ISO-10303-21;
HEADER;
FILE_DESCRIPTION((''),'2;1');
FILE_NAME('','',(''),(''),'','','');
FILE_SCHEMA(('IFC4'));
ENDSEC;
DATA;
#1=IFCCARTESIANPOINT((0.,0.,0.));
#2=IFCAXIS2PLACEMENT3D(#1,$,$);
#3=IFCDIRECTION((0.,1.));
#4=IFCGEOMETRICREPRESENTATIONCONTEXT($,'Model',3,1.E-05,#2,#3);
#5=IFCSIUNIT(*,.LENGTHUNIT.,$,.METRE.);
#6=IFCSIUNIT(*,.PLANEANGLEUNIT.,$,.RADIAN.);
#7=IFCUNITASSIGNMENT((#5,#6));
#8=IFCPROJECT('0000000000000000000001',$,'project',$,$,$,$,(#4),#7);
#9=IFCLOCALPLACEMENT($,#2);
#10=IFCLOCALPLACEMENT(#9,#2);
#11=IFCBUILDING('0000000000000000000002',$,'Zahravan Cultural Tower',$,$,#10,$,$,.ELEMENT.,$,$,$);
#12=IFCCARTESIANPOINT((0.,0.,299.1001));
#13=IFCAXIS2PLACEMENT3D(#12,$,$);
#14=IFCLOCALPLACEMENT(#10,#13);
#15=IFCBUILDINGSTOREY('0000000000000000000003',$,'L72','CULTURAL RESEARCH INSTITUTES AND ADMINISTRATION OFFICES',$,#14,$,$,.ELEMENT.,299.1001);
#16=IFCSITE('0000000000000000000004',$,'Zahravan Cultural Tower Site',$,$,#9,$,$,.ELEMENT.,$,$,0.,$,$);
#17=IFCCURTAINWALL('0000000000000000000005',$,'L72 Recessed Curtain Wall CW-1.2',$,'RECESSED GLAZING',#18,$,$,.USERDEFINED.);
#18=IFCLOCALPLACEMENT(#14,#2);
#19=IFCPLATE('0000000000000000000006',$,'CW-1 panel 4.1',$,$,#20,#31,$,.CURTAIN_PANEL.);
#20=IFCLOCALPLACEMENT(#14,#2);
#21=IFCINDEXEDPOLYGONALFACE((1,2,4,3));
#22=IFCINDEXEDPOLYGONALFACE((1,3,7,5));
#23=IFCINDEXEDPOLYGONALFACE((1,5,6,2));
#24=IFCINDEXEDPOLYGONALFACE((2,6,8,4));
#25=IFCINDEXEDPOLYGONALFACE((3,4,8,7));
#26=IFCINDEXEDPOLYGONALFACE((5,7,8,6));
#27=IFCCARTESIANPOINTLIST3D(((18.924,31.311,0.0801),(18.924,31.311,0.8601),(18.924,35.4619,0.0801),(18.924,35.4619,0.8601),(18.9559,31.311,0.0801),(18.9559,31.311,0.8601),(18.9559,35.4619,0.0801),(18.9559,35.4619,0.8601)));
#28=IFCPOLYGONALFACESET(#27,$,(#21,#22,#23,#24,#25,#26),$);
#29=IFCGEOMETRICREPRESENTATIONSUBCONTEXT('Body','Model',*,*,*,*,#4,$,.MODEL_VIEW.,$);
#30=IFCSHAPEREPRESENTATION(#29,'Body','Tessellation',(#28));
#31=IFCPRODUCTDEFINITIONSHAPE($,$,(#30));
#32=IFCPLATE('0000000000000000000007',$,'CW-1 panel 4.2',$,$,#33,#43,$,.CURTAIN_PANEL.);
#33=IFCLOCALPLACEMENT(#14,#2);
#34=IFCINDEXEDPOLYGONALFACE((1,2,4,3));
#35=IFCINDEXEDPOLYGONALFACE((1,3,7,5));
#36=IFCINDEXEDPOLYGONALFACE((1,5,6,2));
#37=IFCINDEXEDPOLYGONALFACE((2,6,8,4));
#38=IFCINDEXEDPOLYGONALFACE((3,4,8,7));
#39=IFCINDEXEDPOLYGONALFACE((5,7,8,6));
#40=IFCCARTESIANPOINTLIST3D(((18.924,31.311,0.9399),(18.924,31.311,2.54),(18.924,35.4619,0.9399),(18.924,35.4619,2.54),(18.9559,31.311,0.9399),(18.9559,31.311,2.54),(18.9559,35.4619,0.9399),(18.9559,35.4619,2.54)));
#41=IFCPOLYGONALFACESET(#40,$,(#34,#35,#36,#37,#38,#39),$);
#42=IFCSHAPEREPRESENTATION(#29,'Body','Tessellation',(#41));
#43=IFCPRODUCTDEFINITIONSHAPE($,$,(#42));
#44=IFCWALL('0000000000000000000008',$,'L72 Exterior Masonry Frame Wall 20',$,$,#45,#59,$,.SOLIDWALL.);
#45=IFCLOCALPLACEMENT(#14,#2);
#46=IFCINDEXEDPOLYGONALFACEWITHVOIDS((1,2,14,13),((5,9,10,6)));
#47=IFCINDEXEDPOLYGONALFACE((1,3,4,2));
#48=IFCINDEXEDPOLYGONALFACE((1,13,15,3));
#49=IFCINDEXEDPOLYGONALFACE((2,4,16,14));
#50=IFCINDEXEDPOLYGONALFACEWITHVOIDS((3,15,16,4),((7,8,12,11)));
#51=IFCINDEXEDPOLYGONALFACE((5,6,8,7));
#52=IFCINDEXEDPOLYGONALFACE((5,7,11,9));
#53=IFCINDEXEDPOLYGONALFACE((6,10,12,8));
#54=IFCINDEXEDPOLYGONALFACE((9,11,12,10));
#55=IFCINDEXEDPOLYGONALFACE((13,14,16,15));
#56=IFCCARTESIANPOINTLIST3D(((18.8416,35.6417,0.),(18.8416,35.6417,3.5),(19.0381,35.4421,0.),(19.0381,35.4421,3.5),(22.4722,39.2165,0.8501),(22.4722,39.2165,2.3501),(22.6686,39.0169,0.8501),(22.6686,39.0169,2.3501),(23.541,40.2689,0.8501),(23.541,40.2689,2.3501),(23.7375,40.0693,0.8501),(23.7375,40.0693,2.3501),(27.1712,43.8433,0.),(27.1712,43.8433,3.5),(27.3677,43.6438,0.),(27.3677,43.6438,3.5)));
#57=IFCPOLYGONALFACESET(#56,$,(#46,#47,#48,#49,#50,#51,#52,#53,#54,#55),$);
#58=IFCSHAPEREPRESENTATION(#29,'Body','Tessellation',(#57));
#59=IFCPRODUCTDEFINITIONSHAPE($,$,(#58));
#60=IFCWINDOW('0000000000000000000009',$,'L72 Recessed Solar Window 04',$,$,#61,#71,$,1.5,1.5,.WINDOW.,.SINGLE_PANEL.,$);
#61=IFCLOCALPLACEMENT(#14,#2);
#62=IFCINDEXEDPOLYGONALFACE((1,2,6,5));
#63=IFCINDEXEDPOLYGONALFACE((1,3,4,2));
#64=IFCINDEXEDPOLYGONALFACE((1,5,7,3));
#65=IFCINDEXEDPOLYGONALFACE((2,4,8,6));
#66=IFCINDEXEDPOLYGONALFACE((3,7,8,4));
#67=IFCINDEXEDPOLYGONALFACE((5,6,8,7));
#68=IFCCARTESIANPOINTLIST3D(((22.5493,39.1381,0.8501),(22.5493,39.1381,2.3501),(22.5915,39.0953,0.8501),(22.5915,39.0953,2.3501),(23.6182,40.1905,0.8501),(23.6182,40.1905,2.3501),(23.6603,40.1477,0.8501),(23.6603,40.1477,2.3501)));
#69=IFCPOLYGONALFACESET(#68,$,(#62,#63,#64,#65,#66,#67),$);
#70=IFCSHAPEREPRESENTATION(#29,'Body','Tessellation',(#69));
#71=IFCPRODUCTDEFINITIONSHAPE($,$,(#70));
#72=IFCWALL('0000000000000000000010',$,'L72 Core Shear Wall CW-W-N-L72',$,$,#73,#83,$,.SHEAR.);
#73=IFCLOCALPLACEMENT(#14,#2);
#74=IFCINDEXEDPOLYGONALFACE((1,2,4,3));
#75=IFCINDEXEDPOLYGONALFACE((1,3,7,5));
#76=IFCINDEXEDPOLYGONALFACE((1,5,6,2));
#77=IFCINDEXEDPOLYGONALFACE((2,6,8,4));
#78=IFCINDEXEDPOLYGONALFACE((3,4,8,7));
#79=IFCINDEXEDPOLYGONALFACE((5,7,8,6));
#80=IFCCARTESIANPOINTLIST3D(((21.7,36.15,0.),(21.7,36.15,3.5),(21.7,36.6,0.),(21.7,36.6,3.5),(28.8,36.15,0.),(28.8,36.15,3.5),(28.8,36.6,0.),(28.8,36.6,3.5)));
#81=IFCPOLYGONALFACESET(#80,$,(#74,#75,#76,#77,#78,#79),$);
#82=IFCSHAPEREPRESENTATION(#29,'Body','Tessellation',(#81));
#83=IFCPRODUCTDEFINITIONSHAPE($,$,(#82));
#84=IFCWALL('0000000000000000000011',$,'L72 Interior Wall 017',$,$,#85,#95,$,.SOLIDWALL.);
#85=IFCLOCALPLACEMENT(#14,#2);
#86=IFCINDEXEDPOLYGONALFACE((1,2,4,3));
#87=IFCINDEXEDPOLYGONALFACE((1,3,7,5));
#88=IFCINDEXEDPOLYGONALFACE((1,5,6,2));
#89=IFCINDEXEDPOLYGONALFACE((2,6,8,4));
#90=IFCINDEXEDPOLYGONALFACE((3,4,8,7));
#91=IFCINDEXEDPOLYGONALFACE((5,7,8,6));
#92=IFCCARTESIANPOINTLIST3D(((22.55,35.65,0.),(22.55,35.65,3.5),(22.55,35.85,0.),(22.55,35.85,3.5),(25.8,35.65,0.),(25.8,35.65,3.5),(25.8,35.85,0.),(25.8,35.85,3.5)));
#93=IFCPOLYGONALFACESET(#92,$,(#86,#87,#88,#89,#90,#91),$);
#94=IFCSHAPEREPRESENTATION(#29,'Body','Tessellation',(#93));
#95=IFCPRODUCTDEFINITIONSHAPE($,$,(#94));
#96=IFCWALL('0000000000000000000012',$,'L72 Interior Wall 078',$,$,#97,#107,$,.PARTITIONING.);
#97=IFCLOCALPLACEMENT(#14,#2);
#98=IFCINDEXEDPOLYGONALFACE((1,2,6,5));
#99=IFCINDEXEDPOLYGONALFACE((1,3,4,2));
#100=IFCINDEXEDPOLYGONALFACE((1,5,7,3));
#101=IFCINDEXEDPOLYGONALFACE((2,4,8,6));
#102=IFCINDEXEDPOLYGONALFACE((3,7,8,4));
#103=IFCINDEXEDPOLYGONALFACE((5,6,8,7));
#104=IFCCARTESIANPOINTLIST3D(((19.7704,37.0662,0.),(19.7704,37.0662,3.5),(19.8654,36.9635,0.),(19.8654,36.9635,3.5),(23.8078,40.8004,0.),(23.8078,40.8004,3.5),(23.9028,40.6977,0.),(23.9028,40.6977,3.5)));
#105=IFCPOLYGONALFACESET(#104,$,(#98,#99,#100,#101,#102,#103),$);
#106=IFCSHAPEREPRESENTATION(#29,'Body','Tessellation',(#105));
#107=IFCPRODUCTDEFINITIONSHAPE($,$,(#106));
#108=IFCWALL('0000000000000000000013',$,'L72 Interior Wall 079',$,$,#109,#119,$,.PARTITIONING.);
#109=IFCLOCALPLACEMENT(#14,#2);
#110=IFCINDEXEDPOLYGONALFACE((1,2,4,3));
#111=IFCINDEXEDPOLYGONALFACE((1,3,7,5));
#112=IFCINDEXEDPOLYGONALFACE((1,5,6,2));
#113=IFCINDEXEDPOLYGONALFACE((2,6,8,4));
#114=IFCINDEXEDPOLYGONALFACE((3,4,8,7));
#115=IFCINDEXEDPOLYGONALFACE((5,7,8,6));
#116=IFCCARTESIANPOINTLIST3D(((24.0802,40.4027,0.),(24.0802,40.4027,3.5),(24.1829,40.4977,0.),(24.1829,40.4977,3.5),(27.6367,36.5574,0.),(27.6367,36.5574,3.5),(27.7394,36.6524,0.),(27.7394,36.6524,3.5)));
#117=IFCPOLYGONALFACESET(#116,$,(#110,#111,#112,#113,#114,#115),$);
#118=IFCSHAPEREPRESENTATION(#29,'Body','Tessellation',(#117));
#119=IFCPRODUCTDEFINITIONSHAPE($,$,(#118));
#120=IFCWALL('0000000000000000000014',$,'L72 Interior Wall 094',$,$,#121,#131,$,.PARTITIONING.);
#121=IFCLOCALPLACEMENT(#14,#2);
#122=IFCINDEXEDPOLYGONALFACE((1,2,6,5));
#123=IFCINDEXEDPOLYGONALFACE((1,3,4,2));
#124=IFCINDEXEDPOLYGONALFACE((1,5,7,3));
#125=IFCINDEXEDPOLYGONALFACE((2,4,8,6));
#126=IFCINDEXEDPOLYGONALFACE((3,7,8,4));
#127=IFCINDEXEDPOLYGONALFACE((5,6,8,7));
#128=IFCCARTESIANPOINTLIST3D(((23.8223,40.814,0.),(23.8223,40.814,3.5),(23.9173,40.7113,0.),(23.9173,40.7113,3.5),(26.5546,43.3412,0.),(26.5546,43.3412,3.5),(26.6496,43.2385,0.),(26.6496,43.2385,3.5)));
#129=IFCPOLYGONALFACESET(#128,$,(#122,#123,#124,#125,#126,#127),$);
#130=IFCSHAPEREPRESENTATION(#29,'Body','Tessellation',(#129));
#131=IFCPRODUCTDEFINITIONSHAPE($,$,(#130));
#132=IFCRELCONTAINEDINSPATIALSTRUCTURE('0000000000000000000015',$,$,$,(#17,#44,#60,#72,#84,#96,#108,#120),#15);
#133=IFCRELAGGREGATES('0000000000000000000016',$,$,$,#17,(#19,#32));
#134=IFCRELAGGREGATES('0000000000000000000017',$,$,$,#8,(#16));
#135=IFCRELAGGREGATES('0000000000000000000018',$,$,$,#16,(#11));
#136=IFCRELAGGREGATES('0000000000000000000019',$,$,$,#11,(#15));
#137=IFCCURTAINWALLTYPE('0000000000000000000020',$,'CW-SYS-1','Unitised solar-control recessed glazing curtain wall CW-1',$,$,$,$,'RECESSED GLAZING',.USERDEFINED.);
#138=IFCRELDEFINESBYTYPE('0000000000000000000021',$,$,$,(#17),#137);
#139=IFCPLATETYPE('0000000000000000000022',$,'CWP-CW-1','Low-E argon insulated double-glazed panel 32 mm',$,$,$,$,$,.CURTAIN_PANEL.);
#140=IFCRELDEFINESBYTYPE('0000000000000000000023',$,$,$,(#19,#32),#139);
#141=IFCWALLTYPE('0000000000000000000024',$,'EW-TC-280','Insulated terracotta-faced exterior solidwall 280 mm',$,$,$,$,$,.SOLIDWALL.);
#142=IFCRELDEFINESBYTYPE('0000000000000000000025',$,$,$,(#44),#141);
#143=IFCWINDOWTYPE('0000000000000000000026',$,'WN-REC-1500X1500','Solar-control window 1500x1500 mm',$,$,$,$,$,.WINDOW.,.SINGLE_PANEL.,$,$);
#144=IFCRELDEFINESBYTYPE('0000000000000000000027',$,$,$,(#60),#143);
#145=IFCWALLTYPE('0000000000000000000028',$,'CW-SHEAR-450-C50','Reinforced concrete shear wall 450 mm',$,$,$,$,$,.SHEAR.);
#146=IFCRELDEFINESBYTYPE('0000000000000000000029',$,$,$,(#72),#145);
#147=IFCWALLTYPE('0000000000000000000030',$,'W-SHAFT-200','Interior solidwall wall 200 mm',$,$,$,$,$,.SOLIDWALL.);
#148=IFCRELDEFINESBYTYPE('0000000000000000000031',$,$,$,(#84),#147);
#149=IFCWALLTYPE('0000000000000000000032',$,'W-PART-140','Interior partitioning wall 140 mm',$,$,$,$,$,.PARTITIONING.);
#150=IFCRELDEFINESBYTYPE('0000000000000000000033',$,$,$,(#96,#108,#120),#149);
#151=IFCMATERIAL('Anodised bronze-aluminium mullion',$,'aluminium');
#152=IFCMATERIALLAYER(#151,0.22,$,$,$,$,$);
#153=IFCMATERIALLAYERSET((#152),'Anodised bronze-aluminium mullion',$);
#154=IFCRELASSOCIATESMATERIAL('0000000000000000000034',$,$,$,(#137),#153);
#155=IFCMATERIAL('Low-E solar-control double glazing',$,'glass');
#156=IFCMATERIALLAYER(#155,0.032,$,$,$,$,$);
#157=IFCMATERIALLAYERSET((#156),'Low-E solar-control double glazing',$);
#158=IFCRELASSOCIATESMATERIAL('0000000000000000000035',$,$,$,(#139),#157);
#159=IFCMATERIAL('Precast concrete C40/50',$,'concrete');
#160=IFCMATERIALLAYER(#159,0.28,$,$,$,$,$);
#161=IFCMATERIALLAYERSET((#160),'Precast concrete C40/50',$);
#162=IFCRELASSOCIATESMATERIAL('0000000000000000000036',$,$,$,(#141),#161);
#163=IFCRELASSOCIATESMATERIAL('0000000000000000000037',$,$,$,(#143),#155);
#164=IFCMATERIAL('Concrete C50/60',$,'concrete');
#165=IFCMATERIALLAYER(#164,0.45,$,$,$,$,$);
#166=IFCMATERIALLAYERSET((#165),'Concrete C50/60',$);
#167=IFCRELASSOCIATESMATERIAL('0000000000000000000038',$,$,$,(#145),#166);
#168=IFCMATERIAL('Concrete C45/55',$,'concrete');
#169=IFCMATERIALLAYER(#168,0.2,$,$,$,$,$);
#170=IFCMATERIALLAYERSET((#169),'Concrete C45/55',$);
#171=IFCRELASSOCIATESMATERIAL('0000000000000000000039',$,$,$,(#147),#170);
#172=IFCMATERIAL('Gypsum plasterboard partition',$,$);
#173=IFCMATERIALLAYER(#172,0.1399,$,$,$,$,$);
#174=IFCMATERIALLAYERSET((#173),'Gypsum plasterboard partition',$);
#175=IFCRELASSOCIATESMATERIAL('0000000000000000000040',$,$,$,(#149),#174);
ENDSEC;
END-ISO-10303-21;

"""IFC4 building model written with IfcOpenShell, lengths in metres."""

from ifc_helpers import new_model, si_unit, direction, frame, frame_2d, origin, origin_2d, place, context, subcontext, project, spatial, rectangle, extrude, source, transform, mapped, material, layer, layer_set, type_object, element, fill, aggregate, save


model = new_model("IFC4")

# Units and contexts
model_context = context("Model", 3, precision=1e-05, world=origin(), true_north=direction((0.0, 1.0)))
body_context = subcontext(model_context, "Body", "Model", "MODEL_VIEW")
ifc_project = project(units=[si_unit("LENGTHUNIT", "METRE"), si_unit("PLANEANGLEUNIT", "RADIAN")], contexts=[model_context])

# Site, building, storey
site_placement = place(None, origin())
site = spatial("IfcSite", under=ifc_project, at=site_placement, Name="Zahravan Cultural Tower Site", CompositionType="ELEMENT", RefElevation=0.0)
building_placement = place(site_placement, origin())
building = spatial("IfcBuilding", under=site, at=building_placement, Name="Zahravan Cultural Tower", CompositionType="ELEMENT")
storey_placement = place(building_placement, frame((0.0, 0.0, 299.1001)))
storey = spatial("IfcBuildingStorey", under=building, at=storey_placement, Name="L72", Description="CULTURAL RESEARCH INSTITUTES AND ADMINISTRATION OFFICES", CompositionType="ELEMENT", Elevation=299.1001)

# Shared definitions
ifc_material_1 = material(Name="Concrete C50/60", Category="concrete")

# Curtain wall, plates
ifc_material_2 = material(Name="Anodised bronze-aluminium mullion", Category="aluminium")
ifc_layer_1 = layer(ifc_material_2, 0.22)
ifc_layer_set_1 = layer_set([ifc_layer_1], Name="Anodised bronze-aluminium mullion")
curtain_wall_type = type_object("IfcCurtainWallType", Name="CW-SYS-1", Description="Unitised solar-control recessed glazing curtain wall CW-1", ElementType="RECESSED GLAZING", PredefinedType="USERDEFINED", material=ifc_layer_set_1)
curtain_wall_placement = place(storey_placement, origin())
curtain_wall = element("IfcCurtainWall", 1, at=curtain_wall_placement, inside=storey, type_object=curtain_wall_type, Name="L72 Recessed Curtain Wall CW-1.2", ObjectType="RECESSED GLAZING", PredefinedType="USERDEFINED")
ifc_material_3 = material(Name="Low-E solar-control double glazing", Category="glass")
ifc_layer_2 = layer(ifc_material_3, 0.032)
ifc_layer_set_2 = layer_set([ifc_layer_2], Name="Low-E solar-control double glazing")
plate_type = type_object("IfcPlateType", Name="CWP-CW-1", Description="Low-E argon insulated double-glazed panel 32 mm", PredefinedType="CURTAIN_PANEL", material=ifc_layer_set_2)
shared_shape_1 = source(origin(), body_context, "Body", "SweptSolid", [
    extrude(rectangle(XDim=4.1509, YDim=0.032, at=origin_2d()), origin(), (0.0, 0.0, 1.0), 0.78),
])
plate_1_placement = place(storey_placement, frame((18.9399, 33.3865, 0.0801), z_axis=(0.0, 0.0, 1.0), x_axis=(0.0, 1.0, 0.0)))
plate_1 = element("IfcPlate", 2, at=plate_1_placement, type_object=plate_type, Name="CW-1 panel 4.1", PredefinedType="CURTAIN_PANEL", context=body_context, shape_type="MappedRepresentation", body=[
    mapped(shared_shape_1, transform((0.0, 0.0, 0.0), x_axis=(1.0, 0.0, 0.0), y_axis=(0.0, 1.0, 0.0), z_axis=(0.0, 0.0, 1.0), scale=1.0)),
])
shared_shape_2 = source(origin(), body_context, "Body", "SweptSolid", [
    extrude(rectangle(XDim=4.1509, YDim=0.032, at=origin_2d()), origin(), (0.0, 0.0, 1.0), 1.6001),
])
plate_2_placement = place(storey_placement, frame((18.9399, 33.3865, 0.9399), z_axis=(0.0, 0.0, 1.0), x_axis=(0.0, 1.0, 0.0)))
plate_2 = element("IfcPlate", 3, at=plate_2_placement, type_object=plate_type, Name="CW-1 panel 4.2", PredefinedType="CURTAIN_PANEL", context=body_context, shape_type="MappedRepresentation", body=[
    mapped(shared_shape_2, transform((0.0, 0.0, 0.0), x_axis=(1.0, 0.0, 0.0), y_axis=(0.0, 1.0, 0.0), z_axis=(0.0, 0.0, 1.0), scale=1.0)),
])
aggregate(curtain_wall, [plate_1, plate_2])

# Wall, opening, window
ifc_material_4 = material(Name="Precast concrete C40/50", Category="concrete")
ifc_layer_3 = layer(ifc_material_4, 0.28)
ifc_layer_set_3 = layer_set([ifc_layer_3], Name="Precast concrete C40/50")
wall_type_1 = type_object("IfcWallType", Name="EW-TC-280", Description="Insulated terracotta-faced exterior solidwall 280 mm", PredefinedType="SOLIDWALL", material=ifc_layer_set_3)
wall_1_placement = place(storey_placement, frame((18.9399, 35.542, 0.0), z_axis=(0.0, 0.0, 1.0), x_axis=(0.712558, 0.701614, 0.0)))
wall_1 = element("IfcWall", 4, at=wall_1_placement, inside=storey, type_object=wall_type_1, Name="L72 Exterior Masonry Frame Wall 20", PredefinedType="SOLIDWALL", context=body_context, shape_type="SweptSolid", body=[
    extrude(rectangle(XDim=11.6897, YDim=0.28, at=frame_2d((5.8447, 0.0))), origin(), (0.0, 0.0, 1.0), 3.5),
])
opening_placement = place(wall_1_placement, frame((5.095, 0.0, 0.8501)))
opening = element("IfcOpeningElement", 5, at=opening_placement, cuts=wall_1, PredefinedType="OPENING", context=body_context, shape_type="SweptSolid", body=[
    extrude(rectangle(XDim=1.5, YDim=1.5, at=frame_2d((0.75, 0.75))), frame((0.0, 0.1499, 0.0), z_axis=(0.0, -1.0, 0.0), x_axis=(1.0, 0.0, 0.0)), (0.0, 0.0, 1.0), 0.3),
])
window_type = type_object("IfcWindowType", Name="WN-REC-1500X1500", Description="Solar-control window 1500x1500 mm", PartitioningType="SINGLE_PANEL", PredefinedType="WINDOW", material=ifc_material_3)
shared_shape_3 = source(origin(), body_context, "Body", "SweptSolid", [
    extrude(rectangle(XDim=1.5, YDim=1.5, at=frame_2d((0.75, 0.75))), frame((0.0, 0.03, 0.0), z_axis=(0.0, -1.0, 0.0), x_axis=(1.0, 0.0, 0.0)), (0.0, 0.0, 1.0), 0.0601),
])
window_placement = place(opening_placement, origin())
window = element("IfcWindow", 6, at=window_placement, inside=storey, type_object=window_type, Name="L72 Recessed Solar Window 04", OverallHeight=1.5, OverallWidth=1.5, PartitioningType="SINGLE_PANEL", PredefinedType="WINDOW", context=body_context, shape_type="MappedRepresentation", body=[
    mapped(shared_shape_3, transform((0.0, 0.0, 0.0), x_axis=(1.0, 0.0, 0.0), y_axis=(0.0, 1.0, 0.0), z_axis=(0.0, 0.0, 1.0), scale=1.0)),
])
fill(opening, window)

# Walls
ifc_layer_4 = layer(ifc_material_1, 0.45)
ifc_layer_set_4 = layer_set([ifc_layer_4], Name="Concrete C50/60")
wall_type_2 = type_object("IfcWallType", Name="CW-SHEAR-450-C50", Description="Reinforced concrete shear wall 450 mm", PredefinedType="SHEAR", material=ifc_layer_set_4)
shared_shape_4 = source(origin(), body_context, "Body", "SweptSolid", [
    extrude(rectangle(XDim=7.1001, YDim=0.45, at=frame_2d((3.55, 0.0))), origin(), (0.0, 0.0, 1.0), 3.5),
])
wall_2_placement = place(storey_placement, frame((21.7, 36.375, 0.0), z_axis=(0.0, 0.0, 1.0), x_axis=(1.0, 0.0, 0.0)))
element("IfcWall", 7, at=wall_2_placement, inside=storey, type_object=wall_type_2, Name="L72 Core Shear Wall CW-W-N-L72", PredefinedType="SHEAR", context=body_context, shape_type="MappedRepresentation", body=[
    mapped(shared_shape_4, transform((0.0, 0.0, 0.0), x_axis=(1.0, 0.0, 0.0), y_axis=(0.0, 1.0, 0.0), z_axis=(0.0, 0.0, 1.0), scale=1.0)),
])
ifc_material_5 = material(Name="Concrete C45/55", Category="concrete")
ifc_layer_5 = layer(ifc_material_5, 0.2)
ifc_layer_set_5 = layer_set([ifc_layer_5], Name="Concrete C45/55")
wall_type_3 = type_object("IfcWallType", Name="W-SHAFT-200", Description="Interior solidwall wall 200 mm", PredefinedType="SOLIDWALL", material=ifc_layer_set_5)
shared_shape_5 = source(origin(), body_context, "Body", "SweptSolid", [
    extrude(rectangle(XDim=3.25, YDim=0.2, at=frame_2d((1.625, 0.0))), origin(), (0.0, 0.0, 1.0), 3.5),
])
wall_3_placement = place(storey_placement, frame((22.55, 35.75, 0.0), z_axis=(0.0, 0.0, 1.0), x_axis=(1.0, 0.0, 0.0)))
element("IfcWall", 8, at=wall_3_placement, inside=storey, type_object=wall_type_3, Name="L72 Interior Wall 017", PredefinedType="SOLIDWALL", context=body_context, shape_type="MappedRepresentation", body=[
    mapped(shared_shape_5, transform((0.0, 0.0, 0.0), x_axis=(1.0, 0.0, 0.0), y_axis=(0.0, 1.0, 0.0), z_axis=(0.0, 0.0, 1.0), scale=1.0)),
])
ifc_material_6 = material(Name="Gypsum plasterboard partition")
ifc_layer_6 = layer(ifc_material_6, 0.1399)
ifc_layer_set_6 = layer_set([ifc_layer_6], Name="Gypsum plasterboard partition")
wall_type_4 = type_object("IfcWallType", Name="W-PART-140", Description="Interior partitioning wall 140 mm", PredefinedType="PARTITIONING", material=ifc_layer_set_6)
shared_shape_6 = source(origin(), body_context, "Body", "SweptSolid", [
    extrude(rectangle(XDim=5.4995, YDim=0.1399, at=frame_2d((2.7498, 0.0))), origin(), (0.0, 0.0, 1.0), 3.5),
])
wall_4_placement = place(storey_placement, frame((19.8179, 37.0149, 0.0), z_axis=(0.0, 0.0, 1.0), x_axis=(0.734138, 0.679001, 0.0)))
element("IfcWall", 9, at=wall_4_placement, inside=storey, type_object=wall_type_4, Name="L72 Interior Wall 078", PredefinedType="PARTITIONING", context=body_context, shape_type="MappedRepresentation", body=[
    mapped(shared_shape_6, transform((0.0, 0.0, 0.0), x_axis=(1.0, 0.0, 0.0), y_axis=(0.0, 1.0, 0.0), z_axis=(0.0, 0.0, 1.0), scale=1.0)),
])
shared_shape_7 = source(origin(), body_context, "Body", "SweptSolid", [
    extrude(rectangle(XDim=5.2378, YDim=0.1399, at=frame_2d((2.6189, 0.0))), origin(), (0.0, 0.0, 1.0), 3.5),
])
wall_5_placement = place(storey_placement, frame((24.1316, 40.4502, 0.0), z_axis=(0.0, 0.0, 1.0), x_axis=(0.678998, -0.73414, 0.0)))
element("IfcWall", 10, at=wall_5_placement, inside=storey, type_object=wall_type_4, Name="L72 Interior Wall 079", PredefinedType="PARTITIONING", context=body_context, shape_type="MappedRepresentation", body=[
    mapped(shared_shape_7, transform((0.0, 0.0, 0.0), x_axis=(1.0, 0.0, 0.0), y_axis=(0.0, 1.0, 0.0), z_axis=(0.0, 0.0, 1.0), scale=1.0)),
])
shared_shape_8 = source(origin(), body_context, "Body", "SweptSolid", [
    extrude(rectangle(XDim=3.7219, YDim=0.1399, at=frame_2d((1.8608, 0.0))), origin(), (0.0, 0.0, 1.0), 3.5),
])
wall_6_placement = place(storey_placement, frame((23.8699, 40.7627, 0.0), z_axis=(0.0, 0.0, 1.0), x_axis=(0.734119, 0.679021, 0.0)))
element("IfcWall", 11, at=wall_6_placement, inside=storey, type_object=wall_type_4, Name="L72 Interior Wall 094", PredefinedType="PARTITIONING", context=body_context, shape_type="MappedRepresentation", body=[
    mapped(shared_shape_8, transform((0.0, 0.0, 0.0), x_axis=(1.0, 0.0, 0.0), y_axis=(0.0, 1.0, 0.0), z_axis=(0.0, 0.0, 1.0), scale=1.0)),
])

save(model, "model.ifc")
